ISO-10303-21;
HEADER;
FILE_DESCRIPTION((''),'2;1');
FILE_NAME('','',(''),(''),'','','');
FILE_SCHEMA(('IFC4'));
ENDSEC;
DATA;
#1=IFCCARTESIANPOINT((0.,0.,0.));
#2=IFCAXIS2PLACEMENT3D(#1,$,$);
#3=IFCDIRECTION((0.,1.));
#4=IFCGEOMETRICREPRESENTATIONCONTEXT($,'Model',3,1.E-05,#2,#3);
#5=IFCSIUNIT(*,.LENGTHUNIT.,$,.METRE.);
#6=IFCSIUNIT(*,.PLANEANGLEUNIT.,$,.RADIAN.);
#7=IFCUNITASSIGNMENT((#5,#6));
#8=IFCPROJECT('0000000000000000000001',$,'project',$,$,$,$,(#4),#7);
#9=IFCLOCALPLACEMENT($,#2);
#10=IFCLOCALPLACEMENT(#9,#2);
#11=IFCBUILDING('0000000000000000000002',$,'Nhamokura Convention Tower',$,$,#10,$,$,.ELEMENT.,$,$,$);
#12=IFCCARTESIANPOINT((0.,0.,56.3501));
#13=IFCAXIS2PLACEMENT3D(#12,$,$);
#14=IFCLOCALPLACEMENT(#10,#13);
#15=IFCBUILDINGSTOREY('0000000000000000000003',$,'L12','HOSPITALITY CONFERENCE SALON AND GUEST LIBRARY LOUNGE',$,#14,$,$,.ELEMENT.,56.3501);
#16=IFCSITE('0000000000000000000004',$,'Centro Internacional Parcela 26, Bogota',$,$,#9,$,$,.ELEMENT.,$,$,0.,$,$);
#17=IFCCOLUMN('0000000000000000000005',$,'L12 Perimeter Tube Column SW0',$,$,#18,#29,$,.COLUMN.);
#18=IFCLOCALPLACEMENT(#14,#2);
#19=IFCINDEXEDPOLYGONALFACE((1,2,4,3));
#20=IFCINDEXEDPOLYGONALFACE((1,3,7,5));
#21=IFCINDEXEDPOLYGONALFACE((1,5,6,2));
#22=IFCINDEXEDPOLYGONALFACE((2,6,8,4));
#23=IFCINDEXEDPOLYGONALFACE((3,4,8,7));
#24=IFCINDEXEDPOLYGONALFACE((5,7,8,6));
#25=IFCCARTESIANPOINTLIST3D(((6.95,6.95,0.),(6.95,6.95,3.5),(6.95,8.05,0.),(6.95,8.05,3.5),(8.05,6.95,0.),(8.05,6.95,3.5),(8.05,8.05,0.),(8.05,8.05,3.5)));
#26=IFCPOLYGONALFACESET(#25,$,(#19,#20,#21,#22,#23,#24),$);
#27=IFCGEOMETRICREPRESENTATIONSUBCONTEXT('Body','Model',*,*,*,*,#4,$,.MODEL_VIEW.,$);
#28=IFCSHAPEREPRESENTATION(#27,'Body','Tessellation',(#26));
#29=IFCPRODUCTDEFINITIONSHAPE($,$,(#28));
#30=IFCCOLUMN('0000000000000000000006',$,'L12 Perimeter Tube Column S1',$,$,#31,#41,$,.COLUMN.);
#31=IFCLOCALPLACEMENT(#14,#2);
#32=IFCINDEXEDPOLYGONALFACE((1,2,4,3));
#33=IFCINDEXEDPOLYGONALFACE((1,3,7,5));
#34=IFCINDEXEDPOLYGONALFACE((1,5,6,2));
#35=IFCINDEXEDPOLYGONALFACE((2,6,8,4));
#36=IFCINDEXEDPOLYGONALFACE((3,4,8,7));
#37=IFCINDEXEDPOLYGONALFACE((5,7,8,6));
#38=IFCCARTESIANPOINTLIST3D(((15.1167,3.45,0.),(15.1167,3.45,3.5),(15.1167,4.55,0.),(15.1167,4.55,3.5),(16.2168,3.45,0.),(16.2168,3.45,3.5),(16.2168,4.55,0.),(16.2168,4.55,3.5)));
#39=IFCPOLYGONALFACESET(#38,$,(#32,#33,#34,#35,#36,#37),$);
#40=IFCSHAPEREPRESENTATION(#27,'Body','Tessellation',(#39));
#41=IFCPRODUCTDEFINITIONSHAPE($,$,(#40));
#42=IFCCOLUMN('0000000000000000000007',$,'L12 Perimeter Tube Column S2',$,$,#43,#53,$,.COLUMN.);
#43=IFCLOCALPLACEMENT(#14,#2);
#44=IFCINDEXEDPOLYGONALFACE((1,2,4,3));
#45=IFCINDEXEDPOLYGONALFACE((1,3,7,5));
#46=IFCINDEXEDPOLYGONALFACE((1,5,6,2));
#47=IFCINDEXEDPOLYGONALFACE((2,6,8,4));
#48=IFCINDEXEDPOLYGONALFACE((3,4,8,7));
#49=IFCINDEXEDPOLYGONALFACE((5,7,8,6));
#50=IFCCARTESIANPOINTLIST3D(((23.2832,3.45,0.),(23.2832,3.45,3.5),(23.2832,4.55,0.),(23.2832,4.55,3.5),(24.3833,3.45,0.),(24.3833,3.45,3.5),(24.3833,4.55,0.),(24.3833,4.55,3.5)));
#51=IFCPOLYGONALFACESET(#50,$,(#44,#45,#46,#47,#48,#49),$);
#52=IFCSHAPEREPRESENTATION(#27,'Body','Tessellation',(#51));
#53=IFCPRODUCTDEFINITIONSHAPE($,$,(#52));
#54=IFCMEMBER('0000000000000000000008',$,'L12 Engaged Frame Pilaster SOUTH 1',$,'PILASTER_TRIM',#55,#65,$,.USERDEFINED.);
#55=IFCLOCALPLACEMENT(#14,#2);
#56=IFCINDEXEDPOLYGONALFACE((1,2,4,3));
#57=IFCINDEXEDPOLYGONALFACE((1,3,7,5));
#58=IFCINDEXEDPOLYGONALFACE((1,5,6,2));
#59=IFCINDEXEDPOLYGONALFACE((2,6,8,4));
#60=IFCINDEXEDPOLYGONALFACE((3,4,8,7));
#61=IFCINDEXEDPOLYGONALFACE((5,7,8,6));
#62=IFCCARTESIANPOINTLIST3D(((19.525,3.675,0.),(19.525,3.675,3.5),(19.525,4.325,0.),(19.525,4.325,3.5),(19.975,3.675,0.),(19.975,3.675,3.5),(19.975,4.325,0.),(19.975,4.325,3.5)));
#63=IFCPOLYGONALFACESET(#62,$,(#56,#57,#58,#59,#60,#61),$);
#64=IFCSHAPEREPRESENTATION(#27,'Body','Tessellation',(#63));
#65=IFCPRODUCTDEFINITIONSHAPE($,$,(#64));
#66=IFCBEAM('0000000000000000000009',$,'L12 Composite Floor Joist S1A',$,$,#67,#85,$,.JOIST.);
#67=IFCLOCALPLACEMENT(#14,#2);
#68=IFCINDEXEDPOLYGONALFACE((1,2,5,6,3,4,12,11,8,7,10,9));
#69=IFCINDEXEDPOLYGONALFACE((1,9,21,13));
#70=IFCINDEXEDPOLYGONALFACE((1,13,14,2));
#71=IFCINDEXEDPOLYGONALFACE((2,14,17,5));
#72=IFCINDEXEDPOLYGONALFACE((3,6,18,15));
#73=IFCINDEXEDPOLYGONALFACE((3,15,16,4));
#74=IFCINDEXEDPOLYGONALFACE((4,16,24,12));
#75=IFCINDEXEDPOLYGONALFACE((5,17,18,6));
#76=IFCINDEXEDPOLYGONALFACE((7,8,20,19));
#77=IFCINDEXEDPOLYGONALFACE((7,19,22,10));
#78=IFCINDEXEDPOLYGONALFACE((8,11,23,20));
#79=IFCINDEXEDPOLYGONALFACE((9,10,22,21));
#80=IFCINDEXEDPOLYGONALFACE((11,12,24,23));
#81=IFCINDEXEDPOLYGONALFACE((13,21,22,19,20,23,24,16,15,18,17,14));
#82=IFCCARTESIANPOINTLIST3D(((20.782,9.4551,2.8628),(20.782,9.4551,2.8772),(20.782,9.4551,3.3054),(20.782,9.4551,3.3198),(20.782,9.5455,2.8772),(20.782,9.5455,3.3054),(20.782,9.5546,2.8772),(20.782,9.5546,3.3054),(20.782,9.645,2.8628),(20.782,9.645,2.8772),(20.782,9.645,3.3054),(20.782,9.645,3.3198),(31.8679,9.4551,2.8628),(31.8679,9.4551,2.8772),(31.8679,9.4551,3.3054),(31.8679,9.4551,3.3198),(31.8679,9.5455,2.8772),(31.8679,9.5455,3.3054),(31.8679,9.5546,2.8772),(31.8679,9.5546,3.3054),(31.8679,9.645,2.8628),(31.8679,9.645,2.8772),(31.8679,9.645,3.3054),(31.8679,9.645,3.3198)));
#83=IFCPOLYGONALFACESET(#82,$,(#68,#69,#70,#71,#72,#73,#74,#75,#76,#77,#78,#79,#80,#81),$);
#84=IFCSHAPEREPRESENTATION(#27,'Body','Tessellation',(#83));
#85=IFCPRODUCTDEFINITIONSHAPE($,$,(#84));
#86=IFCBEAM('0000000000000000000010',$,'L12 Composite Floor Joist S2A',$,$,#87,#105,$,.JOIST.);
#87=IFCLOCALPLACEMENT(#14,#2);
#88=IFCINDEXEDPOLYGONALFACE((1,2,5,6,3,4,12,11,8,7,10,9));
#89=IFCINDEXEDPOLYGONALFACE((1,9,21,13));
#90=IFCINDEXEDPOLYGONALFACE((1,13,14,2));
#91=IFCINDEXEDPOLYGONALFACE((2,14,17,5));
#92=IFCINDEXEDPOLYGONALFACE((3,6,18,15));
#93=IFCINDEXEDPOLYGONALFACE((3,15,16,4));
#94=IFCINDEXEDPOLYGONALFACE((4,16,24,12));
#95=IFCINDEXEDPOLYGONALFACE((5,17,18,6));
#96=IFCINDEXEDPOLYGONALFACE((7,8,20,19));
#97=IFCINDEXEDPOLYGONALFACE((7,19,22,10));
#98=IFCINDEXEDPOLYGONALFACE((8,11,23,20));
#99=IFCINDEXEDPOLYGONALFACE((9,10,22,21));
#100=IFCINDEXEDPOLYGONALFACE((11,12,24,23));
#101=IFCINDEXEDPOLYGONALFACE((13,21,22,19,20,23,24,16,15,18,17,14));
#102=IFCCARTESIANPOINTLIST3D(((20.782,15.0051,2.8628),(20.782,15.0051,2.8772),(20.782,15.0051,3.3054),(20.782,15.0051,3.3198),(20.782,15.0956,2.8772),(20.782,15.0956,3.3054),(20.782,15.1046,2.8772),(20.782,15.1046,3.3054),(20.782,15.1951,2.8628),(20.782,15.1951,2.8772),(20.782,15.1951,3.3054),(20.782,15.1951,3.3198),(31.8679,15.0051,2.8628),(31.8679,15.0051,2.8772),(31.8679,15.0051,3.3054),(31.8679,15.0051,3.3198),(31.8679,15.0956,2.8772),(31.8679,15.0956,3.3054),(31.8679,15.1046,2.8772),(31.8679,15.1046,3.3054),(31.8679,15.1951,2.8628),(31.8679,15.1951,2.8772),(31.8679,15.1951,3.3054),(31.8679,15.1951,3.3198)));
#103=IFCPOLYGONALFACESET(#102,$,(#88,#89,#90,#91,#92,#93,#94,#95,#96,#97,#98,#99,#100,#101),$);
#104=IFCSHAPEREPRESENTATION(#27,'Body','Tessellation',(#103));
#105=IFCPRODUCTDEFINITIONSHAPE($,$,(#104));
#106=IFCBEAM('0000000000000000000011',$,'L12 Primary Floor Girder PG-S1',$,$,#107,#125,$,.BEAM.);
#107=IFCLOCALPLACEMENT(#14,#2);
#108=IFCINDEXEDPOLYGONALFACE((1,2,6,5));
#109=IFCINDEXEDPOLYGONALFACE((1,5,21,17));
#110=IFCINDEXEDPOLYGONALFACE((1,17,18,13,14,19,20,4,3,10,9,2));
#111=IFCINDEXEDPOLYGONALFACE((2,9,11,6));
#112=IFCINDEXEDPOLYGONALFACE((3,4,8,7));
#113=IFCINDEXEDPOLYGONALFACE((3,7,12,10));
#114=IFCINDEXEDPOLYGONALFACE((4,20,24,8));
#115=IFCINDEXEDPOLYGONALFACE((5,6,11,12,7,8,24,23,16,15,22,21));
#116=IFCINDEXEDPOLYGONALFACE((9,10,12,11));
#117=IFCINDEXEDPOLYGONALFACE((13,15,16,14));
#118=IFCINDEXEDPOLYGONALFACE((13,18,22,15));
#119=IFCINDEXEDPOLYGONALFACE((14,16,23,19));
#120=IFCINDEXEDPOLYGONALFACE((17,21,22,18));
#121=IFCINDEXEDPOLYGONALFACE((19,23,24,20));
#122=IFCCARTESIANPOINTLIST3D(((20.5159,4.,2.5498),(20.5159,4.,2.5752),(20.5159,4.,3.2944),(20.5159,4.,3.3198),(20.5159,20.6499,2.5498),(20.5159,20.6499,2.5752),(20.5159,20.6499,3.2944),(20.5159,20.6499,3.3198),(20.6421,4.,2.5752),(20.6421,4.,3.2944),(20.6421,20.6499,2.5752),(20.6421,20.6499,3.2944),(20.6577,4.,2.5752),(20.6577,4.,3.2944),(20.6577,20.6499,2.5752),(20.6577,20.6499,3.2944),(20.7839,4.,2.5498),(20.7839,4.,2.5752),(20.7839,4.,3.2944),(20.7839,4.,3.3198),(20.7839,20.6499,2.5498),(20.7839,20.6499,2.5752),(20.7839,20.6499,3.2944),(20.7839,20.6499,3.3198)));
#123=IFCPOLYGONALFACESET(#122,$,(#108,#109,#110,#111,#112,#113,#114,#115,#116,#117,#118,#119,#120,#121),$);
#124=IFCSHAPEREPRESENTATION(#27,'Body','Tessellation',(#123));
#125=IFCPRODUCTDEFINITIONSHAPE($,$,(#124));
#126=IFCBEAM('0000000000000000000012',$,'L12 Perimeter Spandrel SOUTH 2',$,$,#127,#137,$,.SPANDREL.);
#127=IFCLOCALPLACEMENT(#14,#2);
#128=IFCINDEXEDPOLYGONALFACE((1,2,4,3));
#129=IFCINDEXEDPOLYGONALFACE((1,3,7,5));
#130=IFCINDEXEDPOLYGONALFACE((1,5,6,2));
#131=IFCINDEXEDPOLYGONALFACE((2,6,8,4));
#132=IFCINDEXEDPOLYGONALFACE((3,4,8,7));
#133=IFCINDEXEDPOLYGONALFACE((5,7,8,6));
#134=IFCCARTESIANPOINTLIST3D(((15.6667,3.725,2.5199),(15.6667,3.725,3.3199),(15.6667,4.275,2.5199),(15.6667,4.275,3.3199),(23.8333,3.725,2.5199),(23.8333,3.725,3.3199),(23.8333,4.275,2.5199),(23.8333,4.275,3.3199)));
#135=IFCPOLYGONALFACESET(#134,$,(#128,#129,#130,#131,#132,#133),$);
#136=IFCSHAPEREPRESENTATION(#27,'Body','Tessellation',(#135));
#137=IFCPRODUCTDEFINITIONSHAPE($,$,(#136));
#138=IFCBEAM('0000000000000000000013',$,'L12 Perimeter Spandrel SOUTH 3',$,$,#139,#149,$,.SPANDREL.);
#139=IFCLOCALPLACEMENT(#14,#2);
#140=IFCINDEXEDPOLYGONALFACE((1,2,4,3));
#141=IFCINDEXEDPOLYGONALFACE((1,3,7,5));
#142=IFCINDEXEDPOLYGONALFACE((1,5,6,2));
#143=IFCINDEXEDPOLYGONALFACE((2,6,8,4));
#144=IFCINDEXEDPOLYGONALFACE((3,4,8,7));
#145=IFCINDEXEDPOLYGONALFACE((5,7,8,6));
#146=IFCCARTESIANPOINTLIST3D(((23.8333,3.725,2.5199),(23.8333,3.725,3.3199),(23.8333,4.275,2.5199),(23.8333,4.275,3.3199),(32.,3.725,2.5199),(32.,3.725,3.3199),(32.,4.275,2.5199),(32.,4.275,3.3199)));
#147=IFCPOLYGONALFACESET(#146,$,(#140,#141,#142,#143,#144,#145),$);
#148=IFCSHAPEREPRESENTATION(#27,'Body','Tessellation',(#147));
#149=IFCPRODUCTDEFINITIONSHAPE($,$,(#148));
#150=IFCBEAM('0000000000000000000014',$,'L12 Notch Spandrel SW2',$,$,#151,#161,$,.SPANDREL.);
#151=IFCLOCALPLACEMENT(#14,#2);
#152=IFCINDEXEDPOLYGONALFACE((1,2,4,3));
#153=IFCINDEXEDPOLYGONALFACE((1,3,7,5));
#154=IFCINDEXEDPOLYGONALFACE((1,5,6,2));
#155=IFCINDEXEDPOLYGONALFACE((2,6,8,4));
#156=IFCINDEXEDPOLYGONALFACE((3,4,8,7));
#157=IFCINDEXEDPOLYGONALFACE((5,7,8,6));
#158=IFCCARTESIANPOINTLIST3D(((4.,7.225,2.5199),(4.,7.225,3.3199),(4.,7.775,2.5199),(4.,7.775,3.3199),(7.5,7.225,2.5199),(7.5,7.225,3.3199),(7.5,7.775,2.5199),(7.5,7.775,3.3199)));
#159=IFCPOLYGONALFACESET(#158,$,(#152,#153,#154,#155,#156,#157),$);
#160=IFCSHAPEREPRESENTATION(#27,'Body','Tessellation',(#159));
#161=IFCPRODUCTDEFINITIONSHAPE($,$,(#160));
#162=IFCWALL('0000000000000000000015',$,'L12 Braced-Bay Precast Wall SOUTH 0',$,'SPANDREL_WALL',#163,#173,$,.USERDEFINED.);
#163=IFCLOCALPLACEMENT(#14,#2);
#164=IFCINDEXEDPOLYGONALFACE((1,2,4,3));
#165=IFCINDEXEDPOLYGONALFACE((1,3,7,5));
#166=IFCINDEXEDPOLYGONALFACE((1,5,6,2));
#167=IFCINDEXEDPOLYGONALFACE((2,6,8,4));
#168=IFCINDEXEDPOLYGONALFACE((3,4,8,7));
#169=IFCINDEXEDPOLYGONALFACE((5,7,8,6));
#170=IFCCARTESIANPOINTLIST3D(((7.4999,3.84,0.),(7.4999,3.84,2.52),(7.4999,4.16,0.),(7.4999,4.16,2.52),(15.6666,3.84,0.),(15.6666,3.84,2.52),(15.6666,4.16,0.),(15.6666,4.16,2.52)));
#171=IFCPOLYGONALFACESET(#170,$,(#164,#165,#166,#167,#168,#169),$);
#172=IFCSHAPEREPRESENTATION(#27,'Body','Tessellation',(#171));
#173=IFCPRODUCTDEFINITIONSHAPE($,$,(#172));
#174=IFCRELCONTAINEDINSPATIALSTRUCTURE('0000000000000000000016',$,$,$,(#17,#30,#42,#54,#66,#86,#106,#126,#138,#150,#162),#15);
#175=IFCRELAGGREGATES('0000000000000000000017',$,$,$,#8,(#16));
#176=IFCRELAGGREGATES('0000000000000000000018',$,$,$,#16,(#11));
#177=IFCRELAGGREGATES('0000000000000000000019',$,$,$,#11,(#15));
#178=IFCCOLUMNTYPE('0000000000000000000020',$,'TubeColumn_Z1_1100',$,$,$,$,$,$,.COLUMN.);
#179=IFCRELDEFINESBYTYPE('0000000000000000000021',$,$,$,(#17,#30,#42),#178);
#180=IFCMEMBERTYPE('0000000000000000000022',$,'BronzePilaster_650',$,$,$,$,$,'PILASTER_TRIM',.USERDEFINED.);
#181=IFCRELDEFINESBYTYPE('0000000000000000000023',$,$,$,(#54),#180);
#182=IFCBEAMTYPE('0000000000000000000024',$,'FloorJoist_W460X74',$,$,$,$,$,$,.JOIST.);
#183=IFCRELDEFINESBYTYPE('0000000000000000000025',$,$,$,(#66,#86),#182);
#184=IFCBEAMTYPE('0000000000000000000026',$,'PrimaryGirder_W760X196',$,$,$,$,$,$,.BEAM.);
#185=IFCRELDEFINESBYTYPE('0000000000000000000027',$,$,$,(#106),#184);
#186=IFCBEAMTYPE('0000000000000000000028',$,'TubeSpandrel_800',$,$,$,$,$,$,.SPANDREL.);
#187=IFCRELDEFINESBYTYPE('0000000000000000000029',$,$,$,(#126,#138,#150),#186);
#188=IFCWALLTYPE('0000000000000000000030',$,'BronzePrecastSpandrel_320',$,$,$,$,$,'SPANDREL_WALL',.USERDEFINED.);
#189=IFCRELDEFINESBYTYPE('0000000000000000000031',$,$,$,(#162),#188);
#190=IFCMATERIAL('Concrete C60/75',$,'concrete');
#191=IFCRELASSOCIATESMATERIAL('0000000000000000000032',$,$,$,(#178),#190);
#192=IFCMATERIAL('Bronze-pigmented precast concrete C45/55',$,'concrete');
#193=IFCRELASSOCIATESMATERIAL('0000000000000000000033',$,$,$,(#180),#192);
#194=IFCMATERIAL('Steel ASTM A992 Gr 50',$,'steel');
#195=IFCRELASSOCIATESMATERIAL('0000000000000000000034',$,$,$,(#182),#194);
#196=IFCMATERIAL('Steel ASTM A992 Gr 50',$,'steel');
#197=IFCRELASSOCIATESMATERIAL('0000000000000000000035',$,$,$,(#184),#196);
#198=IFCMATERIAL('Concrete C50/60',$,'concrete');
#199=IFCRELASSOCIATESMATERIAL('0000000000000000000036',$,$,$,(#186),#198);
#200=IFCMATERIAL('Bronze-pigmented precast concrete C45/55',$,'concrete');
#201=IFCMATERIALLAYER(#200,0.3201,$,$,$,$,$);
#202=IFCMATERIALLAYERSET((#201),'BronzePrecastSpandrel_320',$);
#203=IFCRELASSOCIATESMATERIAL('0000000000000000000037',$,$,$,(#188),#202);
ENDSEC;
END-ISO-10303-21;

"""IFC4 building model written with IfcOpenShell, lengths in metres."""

from ifc_helpers import new_model, si_unit, direction, frame, frame_2d, origin, origin_2d, place, context, subcontext, project, spatial, rectangle, i_section, extrude, material, layer, layer_set, material_profile, profile_set, type_object, element, save


model = new_model("IFC4")

# Units and contexts
model_context = context("Model", 3, precision=1e-05, world=origin(), true_north=direction((0.0, 1.0)))
body_context = subcontext(model_context, "Body", "Model", "MODEL_VIEW")
ifc_project = project(units=[si_unit("LENGTHUNIT", "METRE"), si_unit("PLANEANGLEUNIT", "RADIAN")], contexts=[model_context])

# Site, building, storey
site_placement = place(None, origin())
site = spatial("IfcSite", under=ifc_project, at=site_placement, Name="Centro Internacional Parcela 26, Bogota", CompositionType="ELEMENT", RefElevation=0.0)
building_placement = place(site_placement, origin())
building = spatial("IfcBuilding", under=site, at=building_placement, Name="Nhamokura Convention Tower", CompositionType="ELEMENT")
storey_placement = place(building_placement, frame((0.0, 0.0, 56.3501)))
storey = spatial("IfcBuildingStorey", under=building, at=storey_placement, Name="L12", Description="HOSPITALITY CONFERENCE SALON AND GUEST LIBRARY LOUNGE", CompositionType="ELEMENT", Elevation=56.3501)

# Columns
ifc_material_1 = material(Name="Concrete C60/75", Category="concrete")
ifc_material_profile_1 = material_profile(ifc_material_1, rectangle(XDim=1.1001, YDim=1.1001, at=origin_2d()))
ifc_profile_set_1 = profile_set([ifc_material_profile_1], Name="Concrete C60/75")
column_type = type_object("IfcColumnType", Name="TubeColumn_Z1_1100", PredefinedType="COLUMN", material=ifc_profile_set_1)
for number, where, z_axis, x_axis, name in (
    (1, (7.5, 7.5, 0.0), (0.0, 0.0, 1.0), (1.0, 0.0, 0.0), "L12 Perimeter Tube Column SW0"),
    (2, (15.6667, 4.0, 0.0), (0.0, 0.0, 1.0), (1.0, 0.0, 0.0), "L12 Perimeter Tube Column S1"),
    (3, (23.8333, 4.0, 0.0), (0.0, 0.0, 1.0), (1.0, 0.0, 0.0), "L12 Perimeter Tube Column S2"),
):
    element("IfcColumn", number, at=place(storey_placement, frame(where, z_axis=z_axis, x_axis=x_axis)), inside=storey, type_object=column_type, Name=name, PredefinedType="COLUMN", context=body_context, shape_type="SweptSolid", body=[
        extrude(rectangle(XDim=1.1001, YDim=1.1001, at=origin_2d()), origin(), (0.0, 0.0, 1.0), 3.5),
    ])

# Member
ifc_material_2 = material(Name="Bronze-pigmented precast concrete C45/55", Category="concrete")
ifc_material_profile_2 = material_profile(ifc_material_2, rectangle(XDim=0.45, YDim=0.6499, at=origin_2d()))
ifc_profile_set_2 = profile_set([ifc_material_profile_2], Name="Bronze-pigmented precast concrete C45/55")
member_type = type_object("IfcMemberType", Name="BronzePilaster_650", ElementType="PILASTER_TRIM", PredefinedType="USERDEFINED", material=ifc_profile_set_2)
member_placement = place(storey_placement, frame((19.75, 4.0, 0.0), z_axis=(0.0, 0.0, 1.0), x_axis=(1.0, 0.0, 0.0)))
element("IfcMember", 4, at=member_placement, inside=storey, type_object=member_type, Name="L12 Engaged Frame Pilaster SOUTH 1", ObjectType="PILASTER_TRIM", PredefinedType="USERDEFINED", context=body_context, shape_type="SweptSolid", body=[
    extrude(rectangle(XDim=0.45, YDim=0.6499, at=origin_2d()), origin(), (0.0, 0.0, 1.0), 3.5),
])

# Beams
ifc_material_3 = material(Name="Steel ASTM A992 Gr 50", Category="steel")
ifc_material_profile_3 = material_profile(ifc_material_3, i_section(OverallWidth=0.1899, OverallDepth=0.457, WebThickness=0.009, FlangeThickness=0.0144, at=origin_2d()))
ifc_profile_set_3 = profile_set([ifc_material_profile_3], Name="Steel ASTM A992 Gr 50")
beam_type_1 = type_object("IfcBeamType", Name="FloorJoist_W460X74", PredefinedType="JOIST", material=ifc_profile_set_3)
for number, where, z_axis, x_axis, name in (
    (5, (20.782, 9.55, 3.0913), (1.0, 0.0, 0.0), (0.0, 1.0, 0.0), "L12 Composite Floor Joist S1A"),
    (6, (20.782, 15.1001, 3.0913), (1.0, 0.0, 0.0), (0.0, 1.0, 0.0), "L12 Composite Floor Joist S2A"),
):
    element("IfcBeam", number, at=place(storey_placement, frame(where, z_axis=z_axis, x_axis=x_axis)), inside=storey, type_object=beam_type_1, Name=name, PredefinedType="JOIST", context=body_context, shape_type="SweptSolid", body=[
        extrude(i_section(OverallWidth=0.1899, OverallDepth=0.457, WebThickness=0.009, FlangeThickness=0.0144, at=origin_2d()), origin(), (0.0, 0.0, 1.0), 11.0859),
    ])
ifc_material_4 = material(Name="Steel ASTM A992 Gr 50", Category="steel")
ifc_material_profile_4 = material_profile(ifc_material_4, i_section(OverallWidth=0.2681, OverallDepth=0.77, WebThickness=0.0156, FlangeThickness=0.0254, at=origin_2d()))
ifc_profile_set_4 = profile_set([ifc_material_profile_4], Name="Steel ASTM A992 Gr 50")
beam_type_2 = type_object("IfcBeamType", Name="PrimaryGirder_W760X196", PredefinedType="BEAM", material=ifc_profile_set_4)
beam_1_placement = place(storey_placement, frame((20.6499, 4.0, 2.9348), z_axis=(0.0, 1.0, 0.0), x_axis=(-1.0, 0.0, 0.0)))
element("IfcBeam", 7, at=beam_1_placement, inside=storey, type_object=beam_type_2, Name="L12 Primary Floor Girder PG-S1", PredefinedType="BEAM", context=body_context, shape_type="SweptSolid", body=[
    extrude(i_section(OverallWidth=0.2681, OverallDepth=0.77, WebThickness=0.0156, FlangeThickness=0.0254, at=origin_2d()), origin(), (0.0, 0.0, 1.0), 16.6499),
])
ifc_material_5 = material(Name="Concrete C50/60", Category="concrete")
ifc_material_profile_5 = material_profile(ifc_material_5, rectangle(XDim=0.55, YDim=0.8, at=origin_2d()))
ifc_profile_set_5 = profile_set([ifc_material_profile_5], Name="Concrete C50/60")
beam_type_3 = type_object("IfcBeamType", Name="TubeSpandrel_800", PredefinedType="SPANDREL", material=ifc_profile_set_5)
beam_2_placement = place(storey_placement, frame((15.6667, 4.0, 2.9199), z_axis=(1.0, 0.0, 0.0), x_axis=(0.0, 1.0, 0.0)))
element("IfcBeam", 8, at=beam_2_placement, inside=storey, type_object=beam_type_3, Name="L12 Perimeter Spandrel SOUTH 2", PredefinedType="SPANDREL", context=body_context, shape_type="SweptSolid", body=[
    extrude(rectangle(XDim=0.55, YDim=0.8, at=origin_2d()), origin(), (0.0, 0.0, 1.0), 8.1665),
])
beam_3_placement = place(storey_placement, frame((23.8333, 4.0, 2.9199), z_axis=(1.0, 0.0, 0.0), x_axis=(0.0, 1.0, 0.0)))
element("IfcBeam", 9, at=beam_3_placement, inside=storey, type_object=beam_type_3, Name="L12 Perimeter Spandrel SOUTH 3", PredefinedType="SPANDREL", context=body_context, shape_type="SweptSolid", body=[
    extrude(rectangle(XDim=0.55, YDim=0.8, at=origin_2d()), origin(), (0.0, 0.0, 1.0), 8.1667),
])
beam_4_placement = place(storey_placement, frame((7.5, 7.5, 2.9199), z_axis=(-1.0, 0.0, 0.0), x_axis=(0.0, -1.0, 0.0)))
element("IfcBeam", 10, at=beam_4_placement, inside=storey, type_object=beam_type_3, Name="L12 Notch Spandrel SW2", PredefinedType="SPANDREL", context=body_context, shape_type="SweptSolid", body=[
    extrude(rectangle(XDim=0.55, YDim=0.8, at=origin_2d()), origin(), (0.0, 0.0, 1.0), 3.5),
])

# Wall
ifc_material_6 = material(Name="Bronze-pigmented precast concrete C45/55", Category="concrete")
ifc_layer_1 = layer(ifc_material_6, 0.3201)
ifc_layer_set_1 = layer_set([ifc_layer_1], Name="BronzePrecastSpandrel_320")
wall_type_1 = type_object("IfcWallType", Name="BronzePrecastSpandrel_320", ElementType="SPANDREL_WALL", PredefinedType="USERDEFINED", material=ifc_layer_set_1)
wall_1_placement = place(storey_placement, frame((15.6667, 4.0, 0.0), z_axis=(0.0, 0.0, 1.0), x_axis=(-1.0, 0.0, 0.0)))
element("IfcWall", 11, at=wall_1_placement, inside=storey, type_object=wall_type_1, Name="L12 Braced-Bay Precast Wall SOUTH 0", ObjectType="SPANDREL_WALL", PredefinedType="USERDEFINED", context=body_context, shape_type="SweptSolid", body=[
    extrude(rectangle(XDim=8.1667, YDim=0.3201, at=frame_2d((4.0835, 0.0))), origin(), (0.0, 0.0, 1.0), 2.52),
])

save(model, "model.ifc")
